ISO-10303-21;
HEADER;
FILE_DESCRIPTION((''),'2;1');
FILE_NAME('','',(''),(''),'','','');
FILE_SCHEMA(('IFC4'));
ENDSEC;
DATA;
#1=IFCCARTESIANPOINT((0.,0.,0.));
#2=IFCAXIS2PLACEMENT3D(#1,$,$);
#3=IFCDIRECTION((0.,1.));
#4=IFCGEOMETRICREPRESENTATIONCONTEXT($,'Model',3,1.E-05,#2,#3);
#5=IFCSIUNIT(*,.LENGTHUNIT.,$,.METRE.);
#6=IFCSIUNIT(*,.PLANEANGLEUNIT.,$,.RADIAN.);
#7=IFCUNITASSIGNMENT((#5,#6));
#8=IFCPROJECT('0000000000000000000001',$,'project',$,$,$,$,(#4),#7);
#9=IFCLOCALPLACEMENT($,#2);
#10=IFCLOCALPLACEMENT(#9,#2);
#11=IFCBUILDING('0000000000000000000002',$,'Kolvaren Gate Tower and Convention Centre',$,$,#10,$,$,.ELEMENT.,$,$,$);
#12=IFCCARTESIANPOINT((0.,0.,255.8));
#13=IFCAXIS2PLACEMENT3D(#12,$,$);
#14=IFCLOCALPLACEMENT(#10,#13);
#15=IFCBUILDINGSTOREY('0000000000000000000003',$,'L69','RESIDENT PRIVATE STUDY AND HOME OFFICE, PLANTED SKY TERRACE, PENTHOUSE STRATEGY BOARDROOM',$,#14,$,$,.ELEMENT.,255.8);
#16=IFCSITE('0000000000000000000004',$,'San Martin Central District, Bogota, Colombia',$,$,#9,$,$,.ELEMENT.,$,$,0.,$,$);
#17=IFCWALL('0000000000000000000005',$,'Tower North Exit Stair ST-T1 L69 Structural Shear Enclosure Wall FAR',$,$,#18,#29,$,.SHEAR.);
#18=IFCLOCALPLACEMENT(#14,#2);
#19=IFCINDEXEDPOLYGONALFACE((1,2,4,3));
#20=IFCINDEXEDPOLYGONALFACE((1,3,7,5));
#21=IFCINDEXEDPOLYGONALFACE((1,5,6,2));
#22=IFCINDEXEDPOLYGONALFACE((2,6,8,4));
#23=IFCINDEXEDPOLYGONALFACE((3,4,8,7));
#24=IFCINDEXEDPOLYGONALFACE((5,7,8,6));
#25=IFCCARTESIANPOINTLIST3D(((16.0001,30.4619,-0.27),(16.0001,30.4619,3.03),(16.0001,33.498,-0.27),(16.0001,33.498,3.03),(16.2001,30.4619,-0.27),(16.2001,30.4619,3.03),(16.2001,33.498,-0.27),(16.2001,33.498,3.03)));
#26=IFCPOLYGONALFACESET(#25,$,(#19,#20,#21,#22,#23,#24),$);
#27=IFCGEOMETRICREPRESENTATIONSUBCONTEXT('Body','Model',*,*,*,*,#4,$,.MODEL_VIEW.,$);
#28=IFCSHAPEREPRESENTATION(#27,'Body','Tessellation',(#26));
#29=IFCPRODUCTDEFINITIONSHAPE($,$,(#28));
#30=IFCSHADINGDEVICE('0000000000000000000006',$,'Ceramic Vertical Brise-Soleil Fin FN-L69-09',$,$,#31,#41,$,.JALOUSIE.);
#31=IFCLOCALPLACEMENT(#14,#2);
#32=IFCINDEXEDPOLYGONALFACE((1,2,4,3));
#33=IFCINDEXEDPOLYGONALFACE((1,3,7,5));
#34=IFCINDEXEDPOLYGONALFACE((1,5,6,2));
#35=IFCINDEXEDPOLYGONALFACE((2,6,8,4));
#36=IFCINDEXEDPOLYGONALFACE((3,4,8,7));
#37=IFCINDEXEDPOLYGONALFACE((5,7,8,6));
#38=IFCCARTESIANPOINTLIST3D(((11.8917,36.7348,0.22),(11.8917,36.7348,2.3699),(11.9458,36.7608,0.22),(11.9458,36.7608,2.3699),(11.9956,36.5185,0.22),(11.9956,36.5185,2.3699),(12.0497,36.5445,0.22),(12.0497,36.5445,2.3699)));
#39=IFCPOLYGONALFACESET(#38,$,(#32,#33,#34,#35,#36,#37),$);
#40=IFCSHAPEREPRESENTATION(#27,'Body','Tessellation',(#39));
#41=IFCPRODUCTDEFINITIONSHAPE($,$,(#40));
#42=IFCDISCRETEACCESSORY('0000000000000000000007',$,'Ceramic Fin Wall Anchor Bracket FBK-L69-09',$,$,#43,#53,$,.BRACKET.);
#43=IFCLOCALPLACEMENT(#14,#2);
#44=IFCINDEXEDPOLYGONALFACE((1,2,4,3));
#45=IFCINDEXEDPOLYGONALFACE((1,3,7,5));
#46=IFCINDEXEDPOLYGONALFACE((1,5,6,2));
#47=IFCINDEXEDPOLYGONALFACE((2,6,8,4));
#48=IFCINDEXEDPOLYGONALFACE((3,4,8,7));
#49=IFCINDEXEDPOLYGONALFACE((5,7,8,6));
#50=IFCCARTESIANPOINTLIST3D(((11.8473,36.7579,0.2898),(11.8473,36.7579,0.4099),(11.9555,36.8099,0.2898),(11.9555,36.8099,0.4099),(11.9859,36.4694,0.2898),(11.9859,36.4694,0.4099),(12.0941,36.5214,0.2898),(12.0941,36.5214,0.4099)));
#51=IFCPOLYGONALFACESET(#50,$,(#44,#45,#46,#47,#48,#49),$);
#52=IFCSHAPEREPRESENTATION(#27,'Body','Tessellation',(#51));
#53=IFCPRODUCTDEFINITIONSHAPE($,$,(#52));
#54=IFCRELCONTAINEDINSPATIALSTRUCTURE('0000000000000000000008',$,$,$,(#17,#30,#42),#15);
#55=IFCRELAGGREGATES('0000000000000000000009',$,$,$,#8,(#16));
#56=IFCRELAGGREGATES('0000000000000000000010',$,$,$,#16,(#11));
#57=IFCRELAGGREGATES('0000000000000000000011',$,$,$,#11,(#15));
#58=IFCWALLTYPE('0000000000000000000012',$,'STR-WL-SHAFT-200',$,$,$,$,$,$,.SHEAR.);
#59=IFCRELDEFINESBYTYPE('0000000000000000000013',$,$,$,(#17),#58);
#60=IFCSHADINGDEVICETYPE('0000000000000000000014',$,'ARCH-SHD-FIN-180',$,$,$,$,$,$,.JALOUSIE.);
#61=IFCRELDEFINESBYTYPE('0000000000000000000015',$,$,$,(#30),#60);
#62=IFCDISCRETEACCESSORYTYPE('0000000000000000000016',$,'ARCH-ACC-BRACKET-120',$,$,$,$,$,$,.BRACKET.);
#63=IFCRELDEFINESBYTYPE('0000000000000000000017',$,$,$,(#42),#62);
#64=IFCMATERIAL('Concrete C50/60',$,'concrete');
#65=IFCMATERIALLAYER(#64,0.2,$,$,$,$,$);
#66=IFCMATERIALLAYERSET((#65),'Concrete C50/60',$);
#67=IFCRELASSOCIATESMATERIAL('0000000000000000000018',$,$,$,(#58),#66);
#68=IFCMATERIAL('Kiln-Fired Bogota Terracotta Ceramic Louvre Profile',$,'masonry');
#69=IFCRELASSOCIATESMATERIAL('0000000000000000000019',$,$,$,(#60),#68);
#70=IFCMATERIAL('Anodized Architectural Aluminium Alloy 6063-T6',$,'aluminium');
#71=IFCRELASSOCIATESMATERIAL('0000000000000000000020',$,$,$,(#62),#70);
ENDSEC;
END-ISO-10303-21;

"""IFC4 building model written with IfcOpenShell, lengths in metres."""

from ifc_helpers import new_model, si_unit, direction, frame, frame_2d, origin, origin_2d, place, context, subcontext, project, spatial, rectangle, extrude, material, layer, layer_set, type_object, element, save


model = new_model("IFC4")

# Units and contexts
model_context = context("Model", 3, precision=1e-05, world=origin(), true_north=direction((0.0, 1.0)))
body_context = subcontext(model_context, "Body", "Model", "MODEL_VIEW")
ifc_project = project(units=[si_unit("LENGTHUNIT", "METRE"), si_unit("PLANEANGLEUNIT", "RADIAN")], contexts=[model_context])

# Site, building, storey
site_placement = place(None, origin())
site = spatial("IfcSite", under=ifc_project, at=site_placement, Name="San Martin Central District, Bogota, Colombia", CompositionType="ELEMENT", RefElevation=0.0)
building_placement = place(site_placement, origin())
building = spatial("IfcBuilding", under=site, at=building_placement, Name="Kolvaren Gate Tower and Convention Centre", CompositionType="ELEMENT")
storey_placement = place(building_placement, frame((0.0, 0.0, 255.8)))
storey = spatial("IfcBuildingStorey", under=building, at=storey_placement, Name="L69", Description="RESIDENT PRIVATE STUDY AND HOME OFFICE, PLANTED SKY TERRACE, PENTHOUSE STRATEGY BOARDROOM", CompositionType="ELEMENT", Elevation=255.8)

# Wall
ifc_material_1 = material(Name="Concrete C50/60", Category="concrete")
ifc_layer_1 = layer(ifc_material_1, 0.2)
ifc_layer_set_1 = layer_set([ifc_layer_1], Name="Concrete C50/60")
wall_type_1 = type_object("IfcWallType", Name="STR-WL-SHAFT-200", PredefinedType="SHEAR", material=ifc_layer_set_1)
wall_1_placement = place(storey_placement, frame((16.1001, 30.4619, -0.27), z_axis=(0.0, 0.0, 1.0), x_axis=(0.0, 1.0, 0.0)))
element("IfcWall", 1, at=wall_1_placement, inside=storey, type_object=wall_type_1, Name="Tower North Exit Stair ST-T1 L69 Structural Shear Enclosure Wall FAR", PredefinedType="SHEAR", context=body_context, shape_type="SweptSolid", body=[
    extrude(rectangle(XDim=3.0361, YDim=0.2, at=frame_2d((1.5181, 0.0))), origin(), (0.0, 0.0, 1.0), 3.3),
])

# Shading device
ifc_material_2 = material(Name="Kiln-Fired Bogota Terracotta Ceramic Louvre Profile", Category="masonry")
shading_device_type = type_object("IfcShadingDeviceType", Name="ARCH-SHD-FIN-180", PredefinedType="JALOUSIE", material=ifc_material_2)
shading_device_placement = place(storey_placement, frame((11.9707, 36.6396, 0.22), z_axis=(0.0, 0.0, 1.0), x_axis=(0.901358, 0.433076, 0.0)))
element("IfcShadingDevice", 2, at=shading_device_placement, inside=storey, type_object=shading_device_type, Name="Ceramic Vertical Brise-Soleil Fin FN-L69-09", PredefinedType="JALOUSIE", context=body_context, shape_type="SweptSolid", body=[
    extrude(rectangle(XDim=0.0601, YDim=0.24, at=origin_2d()), origin(), (0.0, 0.0, 1.0), 2.1499),
])

# Discrete accessory
ifc_material_3 = material(Name="Anodized Architectural Aluminium Alloy 6063-T6", Category="aluminium")
discrete_accessory_type = type_object("IfcDiscreteAccessoryType", Name="ARCH-ACC-BRACKET-120", PredefinedType="BRACKET", material=ifc_material_3)
discrete_accessory_placement = place(storey_placement, frame((11.9707, 36.6396, 0.2898), z_axis=(0.0, 0.0, 1.0), x_axis=(0.901358, 0.433076, 0.0)))
element("IfcDiscreteAccessory", 3, at=discrete_accessory_placement, inside=storey, type_object=discrete_accessory_type, Name="Ceramic Fin Wall Anchor Bracket FBK-L69-09", PredefinedType="BRACKET", context=body_context, shape_type="SweptSolid", body=[
    extrude(rectangle(XDim=0.1201, YDim=0.3201, at=origin_2d()), origin(), (0.0, 0.0, 1.0), 0.1201),
])

save(model, "model.ifc")
